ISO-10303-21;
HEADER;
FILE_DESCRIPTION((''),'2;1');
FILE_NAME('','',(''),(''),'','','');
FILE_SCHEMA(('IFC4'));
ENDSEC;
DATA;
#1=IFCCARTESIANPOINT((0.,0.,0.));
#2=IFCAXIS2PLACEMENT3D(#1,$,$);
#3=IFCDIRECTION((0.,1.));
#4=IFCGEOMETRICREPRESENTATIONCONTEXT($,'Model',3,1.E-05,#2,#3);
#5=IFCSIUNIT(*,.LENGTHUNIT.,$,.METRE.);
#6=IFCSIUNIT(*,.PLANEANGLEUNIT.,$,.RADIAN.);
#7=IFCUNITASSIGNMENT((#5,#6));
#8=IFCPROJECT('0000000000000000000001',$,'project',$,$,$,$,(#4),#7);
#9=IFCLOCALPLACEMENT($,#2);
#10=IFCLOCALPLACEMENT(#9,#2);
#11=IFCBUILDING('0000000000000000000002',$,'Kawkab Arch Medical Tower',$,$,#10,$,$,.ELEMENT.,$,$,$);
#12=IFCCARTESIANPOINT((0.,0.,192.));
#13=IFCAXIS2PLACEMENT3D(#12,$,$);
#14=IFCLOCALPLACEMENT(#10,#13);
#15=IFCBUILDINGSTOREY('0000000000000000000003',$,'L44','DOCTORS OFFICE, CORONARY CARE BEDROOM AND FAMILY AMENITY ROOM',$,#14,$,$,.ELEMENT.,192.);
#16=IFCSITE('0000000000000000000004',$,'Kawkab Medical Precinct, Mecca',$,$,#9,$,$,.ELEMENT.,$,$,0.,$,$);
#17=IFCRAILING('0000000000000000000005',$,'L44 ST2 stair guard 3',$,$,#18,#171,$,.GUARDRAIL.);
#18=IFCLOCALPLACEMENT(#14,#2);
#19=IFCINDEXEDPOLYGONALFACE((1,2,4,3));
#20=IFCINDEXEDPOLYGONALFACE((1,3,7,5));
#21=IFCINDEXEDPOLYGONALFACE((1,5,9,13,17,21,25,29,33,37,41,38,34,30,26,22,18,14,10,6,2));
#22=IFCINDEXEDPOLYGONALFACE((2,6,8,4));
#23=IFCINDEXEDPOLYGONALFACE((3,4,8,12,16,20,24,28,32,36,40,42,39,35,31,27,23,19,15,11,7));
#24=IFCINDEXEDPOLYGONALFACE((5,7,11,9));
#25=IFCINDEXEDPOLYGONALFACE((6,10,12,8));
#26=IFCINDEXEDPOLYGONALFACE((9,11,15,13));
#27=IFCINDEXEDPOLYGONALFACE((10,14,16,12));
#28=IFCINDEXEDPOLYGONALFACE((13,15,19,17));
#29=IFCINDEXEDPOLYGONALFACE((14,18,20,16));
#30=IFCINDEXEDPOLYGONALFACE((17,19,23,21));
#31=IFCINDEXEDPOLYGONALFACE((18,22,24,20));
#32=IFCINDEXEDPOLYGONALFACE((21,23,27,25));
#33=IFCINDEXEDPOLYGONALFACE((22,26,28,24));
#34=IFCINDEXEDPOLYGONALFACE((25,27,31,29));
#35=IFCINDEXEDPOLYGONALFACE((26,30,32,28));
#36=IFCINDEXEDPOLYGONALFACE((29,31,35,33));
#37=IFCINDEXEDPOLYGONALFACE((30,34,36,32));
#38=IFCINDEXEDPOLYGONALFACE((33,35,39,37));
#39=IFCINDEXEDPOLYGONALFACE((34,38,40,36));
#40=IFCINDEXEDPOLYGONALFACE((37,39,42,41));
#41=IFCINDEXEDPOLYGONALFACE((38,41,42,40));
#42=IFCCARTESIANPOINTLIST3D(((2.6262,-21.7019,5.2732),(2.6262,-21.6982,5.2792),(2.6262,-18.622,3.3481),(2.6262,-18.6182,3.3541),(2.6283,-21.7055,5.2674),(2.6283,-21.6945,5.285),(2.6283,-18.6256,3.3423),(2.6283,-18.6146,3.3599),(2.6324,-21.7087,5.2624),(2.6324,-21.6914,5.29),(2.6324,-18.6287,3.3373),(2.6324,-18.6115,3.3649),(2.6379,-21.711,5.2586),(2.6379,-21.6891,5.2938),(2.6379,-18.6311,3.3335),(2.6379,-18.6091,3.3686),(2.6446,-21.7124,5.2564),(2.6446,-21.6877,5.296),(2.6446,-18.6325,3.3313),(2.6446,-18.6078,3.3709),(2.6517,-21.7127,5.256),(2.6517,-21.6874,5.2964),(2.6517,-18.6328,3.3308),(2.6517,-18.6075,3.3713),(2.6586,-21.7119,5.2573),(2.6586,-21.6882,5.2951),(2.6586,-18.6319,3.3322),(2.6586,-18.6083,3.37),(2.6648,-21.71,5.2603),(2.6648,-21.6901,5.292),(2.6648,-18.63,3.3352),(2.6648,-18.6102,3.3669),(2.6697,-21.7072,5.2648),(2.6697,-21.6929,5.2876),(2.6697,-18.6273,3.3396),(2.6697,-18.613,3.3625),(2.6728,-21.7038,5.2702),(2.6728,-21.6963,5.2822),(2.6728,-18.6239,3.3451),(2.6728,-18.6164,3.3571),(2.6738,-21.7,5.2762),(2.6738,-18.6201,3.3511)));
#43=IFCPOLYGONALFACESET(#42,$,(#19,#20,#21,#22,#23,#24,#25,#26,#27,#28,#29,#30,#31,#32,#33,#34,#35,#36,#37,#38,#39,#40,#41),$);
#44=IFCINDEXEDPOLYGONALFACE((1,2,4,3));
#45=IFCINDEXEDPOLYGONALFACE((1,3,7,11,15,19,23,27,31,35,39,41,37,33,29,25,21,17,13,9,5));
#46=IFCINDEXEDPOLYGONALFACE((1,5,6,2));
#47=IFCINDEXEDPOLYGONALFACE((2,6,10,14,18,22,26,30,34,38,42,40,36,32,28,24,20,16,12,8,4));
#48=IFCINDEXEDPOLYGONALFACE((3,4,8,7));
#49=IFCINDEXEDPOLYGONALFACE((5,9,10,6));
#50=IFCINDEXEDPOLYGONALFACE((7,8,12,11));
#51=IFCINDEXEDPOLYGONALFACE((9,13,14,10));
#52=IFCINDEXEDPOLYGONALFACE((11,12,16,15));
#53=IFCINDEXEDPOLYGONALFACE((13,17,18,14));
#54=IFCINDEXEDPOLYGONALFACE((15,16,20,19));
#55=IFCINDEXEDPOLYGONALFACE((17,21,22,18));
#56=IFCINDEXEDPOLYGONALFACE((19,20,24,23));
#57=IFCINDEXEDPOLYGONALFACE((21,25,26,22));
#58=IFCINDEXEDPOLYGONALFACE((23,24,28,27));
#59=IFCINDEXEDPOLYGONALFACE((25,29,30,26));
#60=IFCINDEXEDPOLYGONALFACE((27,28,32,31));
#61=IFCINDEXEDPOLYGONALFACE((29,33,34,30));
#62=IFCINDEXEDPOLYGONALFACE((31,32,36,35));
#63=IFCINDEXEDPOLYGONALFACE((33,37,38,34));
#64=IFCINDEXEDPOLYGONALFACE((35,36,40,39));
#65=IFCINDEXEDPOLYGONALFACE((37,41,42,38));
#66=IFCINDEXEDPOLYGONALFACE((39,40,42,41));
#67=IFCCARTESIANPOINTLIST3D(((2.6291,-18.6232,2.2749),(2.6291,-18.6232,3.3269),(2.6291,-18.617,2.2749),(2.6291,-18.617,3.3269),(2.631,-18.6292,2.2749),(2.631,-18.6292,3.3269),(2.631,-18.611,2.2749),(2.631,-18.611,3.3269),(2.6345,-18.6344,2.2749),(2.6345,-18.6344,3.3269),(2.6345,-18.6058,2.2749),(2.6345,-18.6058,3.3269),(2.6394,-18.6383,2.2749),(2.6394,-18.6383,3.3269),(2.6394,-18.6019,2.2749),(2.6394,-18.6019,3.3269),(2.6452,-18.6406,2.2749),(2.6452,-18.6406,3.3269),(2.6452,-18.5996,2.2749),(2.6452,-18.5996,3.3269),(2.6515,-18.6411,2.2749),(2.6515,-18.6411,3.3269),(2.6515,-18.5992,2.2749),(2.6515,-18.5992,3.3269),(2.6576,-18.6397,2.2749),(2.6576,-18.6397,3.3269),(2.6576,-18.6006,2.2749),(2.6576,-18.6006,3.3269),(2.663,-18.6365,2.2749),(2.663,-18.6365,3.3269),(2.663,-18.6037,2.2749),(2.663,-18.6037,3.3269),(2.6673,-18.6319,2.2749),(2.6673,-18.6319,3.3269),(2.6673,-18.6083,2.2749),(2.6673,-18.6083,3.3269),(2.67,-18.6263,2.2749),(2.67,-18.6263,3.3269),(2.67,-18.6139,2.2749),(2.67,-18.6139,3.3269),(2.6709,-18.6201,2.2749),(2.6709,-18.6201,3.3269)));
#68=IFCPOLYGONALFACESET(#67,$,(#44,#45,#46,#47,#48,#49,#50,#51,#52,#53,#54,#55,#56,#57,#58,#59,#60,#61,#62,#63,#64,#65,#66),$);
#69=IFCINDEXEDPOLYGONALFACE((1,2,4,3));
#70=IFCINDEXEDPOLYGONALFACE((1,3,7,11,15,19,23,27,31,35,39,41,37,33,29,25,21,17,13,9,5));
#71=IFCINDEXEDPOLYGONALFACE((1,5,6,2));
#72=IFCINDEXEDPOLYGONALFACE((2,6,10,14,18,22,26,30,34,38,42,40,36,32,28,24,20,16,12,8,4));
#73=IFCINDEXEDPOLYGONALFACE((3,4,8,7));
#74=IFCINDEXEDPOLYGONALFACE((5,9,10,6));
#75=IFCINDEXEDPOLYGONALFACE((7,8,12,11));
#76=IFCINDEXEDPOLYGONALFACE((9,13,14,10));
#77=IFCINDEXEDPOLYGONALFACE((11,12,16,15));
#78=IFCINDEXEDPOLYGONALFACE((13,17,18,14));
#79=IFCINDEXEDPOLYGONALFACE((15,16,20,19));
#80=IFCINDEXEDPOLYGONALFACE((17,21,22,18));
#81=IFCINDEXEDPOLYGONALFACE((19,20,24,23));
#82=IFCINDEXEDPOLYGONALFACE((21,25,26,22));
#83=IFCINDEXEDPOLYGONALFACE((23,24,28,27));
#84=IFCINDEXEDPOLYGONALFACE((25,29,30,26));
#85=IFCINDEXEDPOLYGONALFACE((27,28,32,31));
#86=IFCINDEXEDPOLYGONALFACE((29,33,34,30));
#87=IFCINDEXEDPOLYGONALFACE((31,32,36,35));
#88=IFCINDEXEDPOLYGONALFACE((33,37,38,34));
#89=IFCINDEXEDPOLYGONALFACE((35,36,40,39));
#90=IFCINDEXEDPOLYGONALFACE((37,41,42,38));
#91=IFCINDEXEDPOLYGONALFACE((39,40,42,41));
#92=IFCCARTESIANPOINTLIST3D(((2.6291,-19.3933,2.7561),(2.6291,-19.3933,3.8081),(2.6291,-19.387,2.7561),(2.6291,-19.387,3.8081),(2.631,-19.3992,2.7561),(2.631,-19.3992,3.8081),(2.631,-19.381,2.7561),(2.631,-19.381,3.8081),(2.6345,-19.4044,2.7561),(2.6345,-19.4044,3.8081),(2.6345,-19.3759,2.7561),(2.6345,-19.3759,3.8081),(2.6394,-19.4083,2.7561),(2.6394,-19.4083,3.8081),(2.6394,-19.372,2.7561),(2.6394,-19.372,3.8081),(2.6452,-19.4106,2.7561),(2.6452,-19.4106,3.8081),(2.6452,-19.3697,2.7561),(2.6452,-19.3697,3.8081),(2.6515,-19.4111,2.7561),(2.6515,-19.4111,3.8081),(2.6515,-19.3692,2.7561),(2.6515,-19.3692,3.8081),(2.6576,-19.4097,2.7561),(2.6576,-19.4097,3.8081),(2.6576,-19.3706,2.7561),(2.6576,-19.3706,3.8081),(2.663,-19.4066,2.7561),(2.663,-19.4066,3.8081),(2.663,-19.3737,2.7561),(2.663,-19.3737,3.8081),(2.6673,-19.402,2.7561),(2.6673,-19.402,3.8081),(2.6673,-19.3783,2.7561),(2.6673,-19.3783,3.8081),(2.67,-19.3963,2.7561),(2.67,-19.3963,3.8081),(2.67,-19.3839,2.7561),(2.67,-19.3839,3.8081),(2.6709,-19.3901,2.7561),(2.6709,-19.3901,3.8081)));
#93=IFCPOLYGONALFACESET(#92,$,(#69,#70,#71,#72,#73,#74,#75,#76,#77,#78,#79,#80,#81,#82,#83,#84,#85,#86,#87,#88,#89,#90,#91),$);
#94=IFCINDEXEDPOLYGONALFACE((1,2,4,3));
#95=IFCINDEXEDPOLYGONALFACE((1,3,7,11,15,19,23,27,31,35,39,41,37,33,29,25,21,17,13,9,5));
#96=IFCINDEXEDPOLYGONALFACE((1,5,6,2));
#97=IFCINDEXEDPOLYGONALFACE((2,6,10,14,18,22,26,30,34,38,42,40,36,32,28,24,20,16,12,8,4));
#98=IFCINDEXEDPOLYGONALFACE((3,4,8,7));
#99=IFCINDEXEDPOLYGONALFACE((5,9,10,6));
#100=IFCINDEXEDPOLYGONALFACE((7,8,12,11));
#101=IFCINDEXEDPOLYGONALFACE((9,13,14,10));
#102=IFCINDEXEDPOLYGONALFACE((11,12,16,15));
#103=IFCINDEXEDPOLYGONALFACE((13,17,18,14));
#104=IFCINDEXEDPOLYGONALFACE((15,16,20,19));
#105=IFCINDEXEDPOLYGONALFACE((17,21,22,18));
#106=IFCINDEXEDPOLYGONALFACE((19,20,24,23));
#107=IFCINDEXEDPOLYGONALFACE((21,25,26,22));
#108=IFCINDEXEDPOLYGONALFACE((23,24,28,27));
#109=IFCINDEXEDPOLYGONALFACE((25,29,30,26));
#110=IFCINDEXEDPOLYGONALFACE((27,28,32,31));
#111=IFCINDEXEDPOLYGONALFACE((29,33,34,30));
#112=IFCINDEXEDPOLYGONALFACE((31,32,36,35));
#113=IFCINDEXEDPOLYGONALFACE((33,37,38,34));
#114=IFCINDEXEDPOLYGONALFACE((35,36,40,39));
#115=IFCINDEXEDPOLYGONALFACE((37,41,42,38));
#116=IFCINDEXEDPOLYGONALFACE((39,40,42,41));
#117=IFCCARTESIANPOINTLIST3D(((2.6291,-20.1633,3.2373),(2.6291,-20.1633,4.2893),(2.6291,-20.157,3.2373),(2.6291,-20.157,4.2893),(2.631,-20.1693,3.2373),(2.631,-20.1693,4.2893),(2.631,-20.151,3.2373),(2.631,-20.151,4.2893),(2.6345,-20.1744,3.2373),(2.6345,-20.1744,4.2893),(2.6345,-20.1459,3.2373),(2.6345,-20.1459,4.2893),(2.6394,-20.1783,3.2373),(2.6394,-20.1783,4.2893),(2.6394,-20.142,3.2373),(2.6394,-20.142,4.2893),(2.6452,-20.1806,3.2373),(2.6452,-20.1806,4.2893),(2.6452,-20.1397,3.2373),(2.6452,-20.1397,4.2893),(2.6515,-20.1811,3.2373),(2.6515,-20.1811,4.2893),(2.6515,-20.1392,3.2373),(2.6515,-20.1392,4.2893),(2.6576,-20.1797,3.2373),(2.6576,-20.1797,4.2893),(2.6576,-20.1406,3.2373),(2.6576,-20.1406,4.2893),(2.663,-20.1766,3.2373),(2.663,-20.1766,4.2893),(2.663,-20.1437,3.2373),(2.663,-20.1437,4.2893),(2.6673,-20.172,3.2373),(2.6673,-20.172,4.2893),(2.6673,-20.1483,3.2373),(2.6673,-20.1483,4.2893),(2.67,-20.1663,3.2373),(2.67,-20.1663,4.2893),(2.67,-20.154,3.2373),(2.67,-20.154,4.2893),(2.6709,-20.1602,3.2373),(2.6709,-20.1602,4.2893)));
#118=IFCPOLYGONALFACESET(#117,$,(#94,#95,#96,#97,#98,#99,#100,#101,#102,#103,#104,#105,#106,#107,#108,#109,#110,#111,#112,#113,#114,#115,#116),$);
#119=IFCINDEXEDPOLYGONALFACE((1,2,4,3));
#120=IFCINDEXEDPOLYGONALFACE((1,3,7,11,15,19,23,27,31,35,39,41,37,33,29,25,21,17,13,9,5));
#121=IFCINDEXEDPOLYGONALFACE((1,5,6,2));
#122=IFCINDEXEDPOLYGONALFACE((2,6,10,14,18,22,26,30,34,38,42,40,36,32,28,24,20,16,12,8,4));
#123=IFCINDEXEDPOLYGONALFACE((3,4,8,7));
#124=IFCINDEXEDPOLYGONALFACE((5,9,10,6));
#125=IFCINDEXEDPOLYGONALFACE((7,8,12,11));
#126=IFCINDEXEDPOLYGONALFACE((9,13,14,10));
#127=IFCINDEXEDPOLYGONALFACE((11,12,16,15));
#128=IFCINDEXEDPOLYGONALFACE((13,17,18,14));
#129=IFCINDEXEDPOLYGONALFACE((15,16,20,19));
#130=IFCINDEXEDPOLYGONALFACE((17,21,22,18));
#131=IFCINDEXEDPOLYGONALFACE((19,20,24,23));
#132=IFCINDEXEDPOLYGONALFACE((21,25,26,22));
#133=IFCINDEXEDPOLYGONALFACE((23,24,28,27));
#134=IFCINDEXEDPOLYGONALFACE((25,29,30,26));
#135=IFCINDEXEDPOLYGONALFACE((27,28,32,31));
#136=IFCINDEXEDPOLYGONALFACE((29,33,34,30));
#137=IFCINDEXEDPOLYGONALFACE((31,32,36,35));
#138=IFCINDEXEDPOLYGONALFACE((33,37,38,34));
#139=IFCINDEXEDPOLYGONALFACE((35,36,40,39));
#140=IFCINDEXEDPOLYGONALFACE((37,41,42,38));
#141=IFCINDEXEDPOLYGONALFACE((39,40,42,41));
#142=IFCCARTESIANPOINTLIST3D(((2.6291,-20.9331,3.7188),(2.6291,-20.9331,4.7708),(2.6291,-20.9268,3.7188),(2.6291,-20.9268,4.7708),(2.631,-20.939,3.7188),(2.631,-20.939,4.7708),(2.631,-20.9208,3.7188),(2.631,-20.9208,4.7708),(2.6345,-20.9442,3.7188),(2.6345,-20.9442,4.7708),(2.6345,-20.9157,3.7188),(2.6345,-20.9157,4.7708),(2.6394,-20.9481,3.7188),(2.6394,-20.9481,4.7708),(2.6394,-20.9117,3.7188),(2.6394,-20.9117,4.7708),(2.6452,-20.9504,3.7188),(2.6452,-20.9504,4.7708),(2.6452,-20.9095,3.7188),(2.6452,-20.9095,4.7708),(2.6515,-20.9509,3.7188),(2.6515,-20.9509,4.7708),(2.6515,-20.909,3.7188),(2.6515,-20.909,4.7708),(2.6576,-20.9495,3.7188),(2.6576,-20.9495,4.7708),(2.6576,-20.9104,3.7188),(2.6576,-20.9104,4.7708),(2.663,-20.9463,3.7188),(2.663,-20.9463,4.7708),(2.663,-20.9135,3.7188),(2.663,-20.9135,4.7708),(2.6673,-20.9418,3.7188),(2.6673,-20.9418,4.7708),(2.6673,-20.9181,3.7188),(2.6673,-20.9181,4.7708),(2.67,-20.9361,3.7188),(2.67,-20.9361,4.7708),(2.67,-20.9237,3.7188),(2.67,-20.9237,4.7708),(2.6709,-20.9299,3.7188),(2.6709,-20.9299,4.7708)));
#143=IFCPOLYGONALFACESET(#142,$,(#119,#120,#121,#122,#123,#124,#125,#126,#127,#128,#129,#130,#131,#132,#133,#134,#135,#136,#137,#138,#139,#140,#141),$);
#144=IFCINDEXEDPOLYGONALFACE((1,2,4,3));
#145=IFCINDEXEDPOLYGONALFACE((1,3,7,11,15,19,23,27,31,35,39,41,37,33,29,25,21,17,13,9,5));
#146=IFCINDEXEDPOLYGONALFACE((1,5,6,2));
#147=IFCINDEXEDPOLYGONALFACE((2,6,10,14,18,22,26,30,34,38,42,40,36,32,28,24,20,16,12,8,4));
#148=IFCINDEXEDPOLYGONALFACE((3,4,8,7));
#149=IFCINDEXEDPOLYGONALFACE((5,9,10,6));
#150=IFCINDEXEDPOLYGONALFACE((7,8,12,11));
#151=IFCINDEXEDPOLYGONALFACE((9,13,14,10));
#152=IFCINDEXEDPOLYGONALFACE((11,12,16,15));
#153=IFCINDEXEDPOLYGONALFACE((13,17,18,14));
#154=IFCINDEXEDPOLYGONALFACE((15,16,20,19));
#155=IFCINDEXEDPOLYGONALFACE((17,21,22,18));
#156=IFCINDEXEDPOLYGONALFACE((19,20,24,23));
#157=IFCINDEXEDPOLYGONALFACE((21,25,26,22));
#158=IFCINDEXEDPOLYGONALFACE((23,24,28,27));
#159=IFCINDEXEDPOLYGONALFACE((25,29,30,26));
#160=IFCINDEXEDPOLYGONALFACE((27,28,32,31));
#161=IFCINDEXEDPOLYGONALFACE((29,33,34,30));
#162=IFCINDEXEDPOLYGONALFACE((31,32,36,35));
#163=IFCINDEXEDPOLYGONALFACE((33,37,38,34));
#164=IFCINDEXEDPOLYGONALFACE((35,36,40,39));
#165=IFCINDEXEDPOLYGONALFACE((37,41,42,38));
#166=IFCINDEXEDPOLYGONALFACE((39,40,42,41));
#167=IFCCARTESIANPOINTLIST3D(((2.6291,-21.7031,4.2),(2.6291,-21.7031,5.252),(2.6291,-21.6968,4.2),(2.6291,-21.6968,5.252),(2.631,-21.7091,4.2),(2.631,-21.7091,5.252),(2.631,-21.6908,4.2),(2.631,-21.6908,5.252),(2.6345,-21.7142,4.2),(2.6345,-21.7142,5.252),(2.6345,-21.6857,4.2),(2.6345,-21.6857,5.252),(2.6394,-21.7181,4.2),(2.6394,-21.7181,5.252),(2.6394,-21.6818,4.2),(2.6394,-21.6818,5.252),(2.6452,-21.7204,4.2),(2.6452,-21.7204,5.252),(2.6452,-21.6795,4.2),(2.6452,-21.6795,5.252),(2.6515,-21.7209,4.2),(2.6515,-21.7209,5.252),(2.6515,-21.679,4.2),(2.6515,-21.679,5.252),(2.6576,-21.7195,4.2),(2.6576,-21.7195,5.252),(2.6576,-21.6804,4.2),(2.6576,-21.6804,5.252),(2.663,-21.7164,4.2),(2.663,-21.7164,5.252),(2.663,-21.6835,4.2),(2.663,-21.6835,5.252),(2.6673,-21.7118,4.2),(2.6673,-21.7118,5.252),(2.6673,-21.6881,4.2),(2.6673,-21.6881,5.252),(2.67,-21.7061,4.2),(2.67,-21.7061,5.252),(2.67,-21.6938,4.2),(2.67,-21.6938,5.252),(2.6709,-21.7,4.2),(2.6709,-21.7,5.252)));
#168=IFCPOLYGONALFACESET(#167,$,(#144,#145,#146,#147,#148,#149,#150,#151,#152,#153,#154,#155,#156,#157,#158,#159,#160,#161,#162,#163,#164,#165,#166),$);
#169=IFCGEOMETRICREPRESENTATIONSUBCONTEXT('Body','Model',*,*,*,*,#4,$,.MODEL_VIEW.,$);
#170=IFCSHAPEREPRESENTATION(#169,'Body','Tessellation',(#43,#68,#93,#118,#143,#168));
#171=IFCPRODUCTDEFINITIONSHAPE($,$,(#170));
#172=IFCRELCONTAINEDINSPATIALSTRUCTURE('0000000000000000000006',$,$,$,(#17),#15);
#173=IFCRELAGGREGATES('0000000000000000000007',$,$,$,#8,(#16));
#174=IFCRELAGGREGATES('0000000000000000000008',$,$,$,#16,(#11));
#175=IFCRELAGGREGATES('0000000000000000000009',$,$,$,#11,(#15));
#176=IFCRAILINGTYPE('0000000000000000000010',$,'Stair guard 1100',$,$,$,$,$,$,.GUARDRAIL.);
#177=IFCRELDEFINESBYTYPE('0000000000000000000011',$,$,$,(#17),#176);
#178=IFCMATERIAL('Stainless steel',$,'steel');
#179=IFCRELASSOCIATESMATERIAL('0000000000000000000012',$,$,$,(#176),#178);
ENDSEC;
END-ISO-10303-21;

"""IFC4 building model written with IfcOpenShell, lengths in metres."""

from ifc_helpers import new_model, si_unit, direction, frame, origin, origin_2d, place, context, subcontext, project, spatial, circle, extrude, material, type_object, element, save


model = new_model("IFC4")

# Units and contexts
model_context = context("Model", 3, precision=1e-05, world=origin(), true_north=direction((0.0, 1.0)))
body_context = subcontext(model_context, "Body", "Model", "MODEL_VIEW")
ifc_project = project(units=[si_unit("LENGTHUNIT", "METRE"), si_unit("PLANEANGLEUNIT", "RADIAN")], contexts=[model_context])

# Site, building, storey
site_placement = place(None, origin())
site = spatial("IfcSite", under=ifc_project, at=site_placement, Name="Kawkab Medical Precinct, Mecca", CompositionType="ELEMENT", RefElevation=0.0)
building_placement = place(site_placement, origin())
building = spatial("IfcBuilding", under=site, at=building_placement, Name="Kawkab Arch Medical Tower", CompositionType="ELEMENT")
storey_placement = place(building_placement, frame((0.0, 0.0, 192.0)))
storey = spatial("IfcBuildingStorey", under=building, at=storey_placement, Name="L44", Description="DOCTORS OFFICE, CORONARY CARE BEDROOM AND FAMILY AMENITY ROOM", CompositionType="ELEMENT", Elevation=192.0)

# Railing
ifc_material_1 = material(Name="Stainless steel", Category="steel")
railing_type_1 = type_object("IfcRailingType", Name="Stair guard 1100", PredefinedType="GUARDRAIL", material=ifc_material_1)
railing_1_placement = place(storey_placement, frame((2.6499, -18.6201, 2.2749)))
element("IfcRailing", 1, at=railing_1_placement, inside=storey, type_object=railing_type_1, Name="L44 ST2 stair guard 3", PredefinedType="GUARDRAIL", context=body_context, shape_type="SweptSolid", body=[
    extrude(circle(Radius=0.0239, at=origin_2d()), frame((0.0, 0.0, 1.0762), z_axis=(0.0, -0.847979, 0.530029), x_axis=(1.0, 0.0, 0.0)), (0.0, 0.0, 1.0), 3.6321),
    extrude(circle(Radius=0.021, at=origin_2d()), origin(), (0.0, 0.0, 1.0), 1.052),
    extrude(circle(Radius=0.021, at=origin_2d()), frame((0.0, -0.77, 0.4812)), (0.0, 0.0, 1.0), 1.052),
    extrude(circle(Radius=0.021, at=origin_2d()), frame((0.0, -1.54, 0.9624)), (0.0, 0.0, 1.0), 1.052),
    extrude(circle(Radius=0.021, at=origin_2d()), frame((0.0, -2.3098, 1.4438)), (0.0, 0.0, 1.0), 1.052),
    extrude(circle(Radius=0.021, at=origin_2d()), frame((0.0, -3.0798, 1.925)), (0.0, 0.0, 1.0), 1.052),
])

save(model, "model.ifc")
